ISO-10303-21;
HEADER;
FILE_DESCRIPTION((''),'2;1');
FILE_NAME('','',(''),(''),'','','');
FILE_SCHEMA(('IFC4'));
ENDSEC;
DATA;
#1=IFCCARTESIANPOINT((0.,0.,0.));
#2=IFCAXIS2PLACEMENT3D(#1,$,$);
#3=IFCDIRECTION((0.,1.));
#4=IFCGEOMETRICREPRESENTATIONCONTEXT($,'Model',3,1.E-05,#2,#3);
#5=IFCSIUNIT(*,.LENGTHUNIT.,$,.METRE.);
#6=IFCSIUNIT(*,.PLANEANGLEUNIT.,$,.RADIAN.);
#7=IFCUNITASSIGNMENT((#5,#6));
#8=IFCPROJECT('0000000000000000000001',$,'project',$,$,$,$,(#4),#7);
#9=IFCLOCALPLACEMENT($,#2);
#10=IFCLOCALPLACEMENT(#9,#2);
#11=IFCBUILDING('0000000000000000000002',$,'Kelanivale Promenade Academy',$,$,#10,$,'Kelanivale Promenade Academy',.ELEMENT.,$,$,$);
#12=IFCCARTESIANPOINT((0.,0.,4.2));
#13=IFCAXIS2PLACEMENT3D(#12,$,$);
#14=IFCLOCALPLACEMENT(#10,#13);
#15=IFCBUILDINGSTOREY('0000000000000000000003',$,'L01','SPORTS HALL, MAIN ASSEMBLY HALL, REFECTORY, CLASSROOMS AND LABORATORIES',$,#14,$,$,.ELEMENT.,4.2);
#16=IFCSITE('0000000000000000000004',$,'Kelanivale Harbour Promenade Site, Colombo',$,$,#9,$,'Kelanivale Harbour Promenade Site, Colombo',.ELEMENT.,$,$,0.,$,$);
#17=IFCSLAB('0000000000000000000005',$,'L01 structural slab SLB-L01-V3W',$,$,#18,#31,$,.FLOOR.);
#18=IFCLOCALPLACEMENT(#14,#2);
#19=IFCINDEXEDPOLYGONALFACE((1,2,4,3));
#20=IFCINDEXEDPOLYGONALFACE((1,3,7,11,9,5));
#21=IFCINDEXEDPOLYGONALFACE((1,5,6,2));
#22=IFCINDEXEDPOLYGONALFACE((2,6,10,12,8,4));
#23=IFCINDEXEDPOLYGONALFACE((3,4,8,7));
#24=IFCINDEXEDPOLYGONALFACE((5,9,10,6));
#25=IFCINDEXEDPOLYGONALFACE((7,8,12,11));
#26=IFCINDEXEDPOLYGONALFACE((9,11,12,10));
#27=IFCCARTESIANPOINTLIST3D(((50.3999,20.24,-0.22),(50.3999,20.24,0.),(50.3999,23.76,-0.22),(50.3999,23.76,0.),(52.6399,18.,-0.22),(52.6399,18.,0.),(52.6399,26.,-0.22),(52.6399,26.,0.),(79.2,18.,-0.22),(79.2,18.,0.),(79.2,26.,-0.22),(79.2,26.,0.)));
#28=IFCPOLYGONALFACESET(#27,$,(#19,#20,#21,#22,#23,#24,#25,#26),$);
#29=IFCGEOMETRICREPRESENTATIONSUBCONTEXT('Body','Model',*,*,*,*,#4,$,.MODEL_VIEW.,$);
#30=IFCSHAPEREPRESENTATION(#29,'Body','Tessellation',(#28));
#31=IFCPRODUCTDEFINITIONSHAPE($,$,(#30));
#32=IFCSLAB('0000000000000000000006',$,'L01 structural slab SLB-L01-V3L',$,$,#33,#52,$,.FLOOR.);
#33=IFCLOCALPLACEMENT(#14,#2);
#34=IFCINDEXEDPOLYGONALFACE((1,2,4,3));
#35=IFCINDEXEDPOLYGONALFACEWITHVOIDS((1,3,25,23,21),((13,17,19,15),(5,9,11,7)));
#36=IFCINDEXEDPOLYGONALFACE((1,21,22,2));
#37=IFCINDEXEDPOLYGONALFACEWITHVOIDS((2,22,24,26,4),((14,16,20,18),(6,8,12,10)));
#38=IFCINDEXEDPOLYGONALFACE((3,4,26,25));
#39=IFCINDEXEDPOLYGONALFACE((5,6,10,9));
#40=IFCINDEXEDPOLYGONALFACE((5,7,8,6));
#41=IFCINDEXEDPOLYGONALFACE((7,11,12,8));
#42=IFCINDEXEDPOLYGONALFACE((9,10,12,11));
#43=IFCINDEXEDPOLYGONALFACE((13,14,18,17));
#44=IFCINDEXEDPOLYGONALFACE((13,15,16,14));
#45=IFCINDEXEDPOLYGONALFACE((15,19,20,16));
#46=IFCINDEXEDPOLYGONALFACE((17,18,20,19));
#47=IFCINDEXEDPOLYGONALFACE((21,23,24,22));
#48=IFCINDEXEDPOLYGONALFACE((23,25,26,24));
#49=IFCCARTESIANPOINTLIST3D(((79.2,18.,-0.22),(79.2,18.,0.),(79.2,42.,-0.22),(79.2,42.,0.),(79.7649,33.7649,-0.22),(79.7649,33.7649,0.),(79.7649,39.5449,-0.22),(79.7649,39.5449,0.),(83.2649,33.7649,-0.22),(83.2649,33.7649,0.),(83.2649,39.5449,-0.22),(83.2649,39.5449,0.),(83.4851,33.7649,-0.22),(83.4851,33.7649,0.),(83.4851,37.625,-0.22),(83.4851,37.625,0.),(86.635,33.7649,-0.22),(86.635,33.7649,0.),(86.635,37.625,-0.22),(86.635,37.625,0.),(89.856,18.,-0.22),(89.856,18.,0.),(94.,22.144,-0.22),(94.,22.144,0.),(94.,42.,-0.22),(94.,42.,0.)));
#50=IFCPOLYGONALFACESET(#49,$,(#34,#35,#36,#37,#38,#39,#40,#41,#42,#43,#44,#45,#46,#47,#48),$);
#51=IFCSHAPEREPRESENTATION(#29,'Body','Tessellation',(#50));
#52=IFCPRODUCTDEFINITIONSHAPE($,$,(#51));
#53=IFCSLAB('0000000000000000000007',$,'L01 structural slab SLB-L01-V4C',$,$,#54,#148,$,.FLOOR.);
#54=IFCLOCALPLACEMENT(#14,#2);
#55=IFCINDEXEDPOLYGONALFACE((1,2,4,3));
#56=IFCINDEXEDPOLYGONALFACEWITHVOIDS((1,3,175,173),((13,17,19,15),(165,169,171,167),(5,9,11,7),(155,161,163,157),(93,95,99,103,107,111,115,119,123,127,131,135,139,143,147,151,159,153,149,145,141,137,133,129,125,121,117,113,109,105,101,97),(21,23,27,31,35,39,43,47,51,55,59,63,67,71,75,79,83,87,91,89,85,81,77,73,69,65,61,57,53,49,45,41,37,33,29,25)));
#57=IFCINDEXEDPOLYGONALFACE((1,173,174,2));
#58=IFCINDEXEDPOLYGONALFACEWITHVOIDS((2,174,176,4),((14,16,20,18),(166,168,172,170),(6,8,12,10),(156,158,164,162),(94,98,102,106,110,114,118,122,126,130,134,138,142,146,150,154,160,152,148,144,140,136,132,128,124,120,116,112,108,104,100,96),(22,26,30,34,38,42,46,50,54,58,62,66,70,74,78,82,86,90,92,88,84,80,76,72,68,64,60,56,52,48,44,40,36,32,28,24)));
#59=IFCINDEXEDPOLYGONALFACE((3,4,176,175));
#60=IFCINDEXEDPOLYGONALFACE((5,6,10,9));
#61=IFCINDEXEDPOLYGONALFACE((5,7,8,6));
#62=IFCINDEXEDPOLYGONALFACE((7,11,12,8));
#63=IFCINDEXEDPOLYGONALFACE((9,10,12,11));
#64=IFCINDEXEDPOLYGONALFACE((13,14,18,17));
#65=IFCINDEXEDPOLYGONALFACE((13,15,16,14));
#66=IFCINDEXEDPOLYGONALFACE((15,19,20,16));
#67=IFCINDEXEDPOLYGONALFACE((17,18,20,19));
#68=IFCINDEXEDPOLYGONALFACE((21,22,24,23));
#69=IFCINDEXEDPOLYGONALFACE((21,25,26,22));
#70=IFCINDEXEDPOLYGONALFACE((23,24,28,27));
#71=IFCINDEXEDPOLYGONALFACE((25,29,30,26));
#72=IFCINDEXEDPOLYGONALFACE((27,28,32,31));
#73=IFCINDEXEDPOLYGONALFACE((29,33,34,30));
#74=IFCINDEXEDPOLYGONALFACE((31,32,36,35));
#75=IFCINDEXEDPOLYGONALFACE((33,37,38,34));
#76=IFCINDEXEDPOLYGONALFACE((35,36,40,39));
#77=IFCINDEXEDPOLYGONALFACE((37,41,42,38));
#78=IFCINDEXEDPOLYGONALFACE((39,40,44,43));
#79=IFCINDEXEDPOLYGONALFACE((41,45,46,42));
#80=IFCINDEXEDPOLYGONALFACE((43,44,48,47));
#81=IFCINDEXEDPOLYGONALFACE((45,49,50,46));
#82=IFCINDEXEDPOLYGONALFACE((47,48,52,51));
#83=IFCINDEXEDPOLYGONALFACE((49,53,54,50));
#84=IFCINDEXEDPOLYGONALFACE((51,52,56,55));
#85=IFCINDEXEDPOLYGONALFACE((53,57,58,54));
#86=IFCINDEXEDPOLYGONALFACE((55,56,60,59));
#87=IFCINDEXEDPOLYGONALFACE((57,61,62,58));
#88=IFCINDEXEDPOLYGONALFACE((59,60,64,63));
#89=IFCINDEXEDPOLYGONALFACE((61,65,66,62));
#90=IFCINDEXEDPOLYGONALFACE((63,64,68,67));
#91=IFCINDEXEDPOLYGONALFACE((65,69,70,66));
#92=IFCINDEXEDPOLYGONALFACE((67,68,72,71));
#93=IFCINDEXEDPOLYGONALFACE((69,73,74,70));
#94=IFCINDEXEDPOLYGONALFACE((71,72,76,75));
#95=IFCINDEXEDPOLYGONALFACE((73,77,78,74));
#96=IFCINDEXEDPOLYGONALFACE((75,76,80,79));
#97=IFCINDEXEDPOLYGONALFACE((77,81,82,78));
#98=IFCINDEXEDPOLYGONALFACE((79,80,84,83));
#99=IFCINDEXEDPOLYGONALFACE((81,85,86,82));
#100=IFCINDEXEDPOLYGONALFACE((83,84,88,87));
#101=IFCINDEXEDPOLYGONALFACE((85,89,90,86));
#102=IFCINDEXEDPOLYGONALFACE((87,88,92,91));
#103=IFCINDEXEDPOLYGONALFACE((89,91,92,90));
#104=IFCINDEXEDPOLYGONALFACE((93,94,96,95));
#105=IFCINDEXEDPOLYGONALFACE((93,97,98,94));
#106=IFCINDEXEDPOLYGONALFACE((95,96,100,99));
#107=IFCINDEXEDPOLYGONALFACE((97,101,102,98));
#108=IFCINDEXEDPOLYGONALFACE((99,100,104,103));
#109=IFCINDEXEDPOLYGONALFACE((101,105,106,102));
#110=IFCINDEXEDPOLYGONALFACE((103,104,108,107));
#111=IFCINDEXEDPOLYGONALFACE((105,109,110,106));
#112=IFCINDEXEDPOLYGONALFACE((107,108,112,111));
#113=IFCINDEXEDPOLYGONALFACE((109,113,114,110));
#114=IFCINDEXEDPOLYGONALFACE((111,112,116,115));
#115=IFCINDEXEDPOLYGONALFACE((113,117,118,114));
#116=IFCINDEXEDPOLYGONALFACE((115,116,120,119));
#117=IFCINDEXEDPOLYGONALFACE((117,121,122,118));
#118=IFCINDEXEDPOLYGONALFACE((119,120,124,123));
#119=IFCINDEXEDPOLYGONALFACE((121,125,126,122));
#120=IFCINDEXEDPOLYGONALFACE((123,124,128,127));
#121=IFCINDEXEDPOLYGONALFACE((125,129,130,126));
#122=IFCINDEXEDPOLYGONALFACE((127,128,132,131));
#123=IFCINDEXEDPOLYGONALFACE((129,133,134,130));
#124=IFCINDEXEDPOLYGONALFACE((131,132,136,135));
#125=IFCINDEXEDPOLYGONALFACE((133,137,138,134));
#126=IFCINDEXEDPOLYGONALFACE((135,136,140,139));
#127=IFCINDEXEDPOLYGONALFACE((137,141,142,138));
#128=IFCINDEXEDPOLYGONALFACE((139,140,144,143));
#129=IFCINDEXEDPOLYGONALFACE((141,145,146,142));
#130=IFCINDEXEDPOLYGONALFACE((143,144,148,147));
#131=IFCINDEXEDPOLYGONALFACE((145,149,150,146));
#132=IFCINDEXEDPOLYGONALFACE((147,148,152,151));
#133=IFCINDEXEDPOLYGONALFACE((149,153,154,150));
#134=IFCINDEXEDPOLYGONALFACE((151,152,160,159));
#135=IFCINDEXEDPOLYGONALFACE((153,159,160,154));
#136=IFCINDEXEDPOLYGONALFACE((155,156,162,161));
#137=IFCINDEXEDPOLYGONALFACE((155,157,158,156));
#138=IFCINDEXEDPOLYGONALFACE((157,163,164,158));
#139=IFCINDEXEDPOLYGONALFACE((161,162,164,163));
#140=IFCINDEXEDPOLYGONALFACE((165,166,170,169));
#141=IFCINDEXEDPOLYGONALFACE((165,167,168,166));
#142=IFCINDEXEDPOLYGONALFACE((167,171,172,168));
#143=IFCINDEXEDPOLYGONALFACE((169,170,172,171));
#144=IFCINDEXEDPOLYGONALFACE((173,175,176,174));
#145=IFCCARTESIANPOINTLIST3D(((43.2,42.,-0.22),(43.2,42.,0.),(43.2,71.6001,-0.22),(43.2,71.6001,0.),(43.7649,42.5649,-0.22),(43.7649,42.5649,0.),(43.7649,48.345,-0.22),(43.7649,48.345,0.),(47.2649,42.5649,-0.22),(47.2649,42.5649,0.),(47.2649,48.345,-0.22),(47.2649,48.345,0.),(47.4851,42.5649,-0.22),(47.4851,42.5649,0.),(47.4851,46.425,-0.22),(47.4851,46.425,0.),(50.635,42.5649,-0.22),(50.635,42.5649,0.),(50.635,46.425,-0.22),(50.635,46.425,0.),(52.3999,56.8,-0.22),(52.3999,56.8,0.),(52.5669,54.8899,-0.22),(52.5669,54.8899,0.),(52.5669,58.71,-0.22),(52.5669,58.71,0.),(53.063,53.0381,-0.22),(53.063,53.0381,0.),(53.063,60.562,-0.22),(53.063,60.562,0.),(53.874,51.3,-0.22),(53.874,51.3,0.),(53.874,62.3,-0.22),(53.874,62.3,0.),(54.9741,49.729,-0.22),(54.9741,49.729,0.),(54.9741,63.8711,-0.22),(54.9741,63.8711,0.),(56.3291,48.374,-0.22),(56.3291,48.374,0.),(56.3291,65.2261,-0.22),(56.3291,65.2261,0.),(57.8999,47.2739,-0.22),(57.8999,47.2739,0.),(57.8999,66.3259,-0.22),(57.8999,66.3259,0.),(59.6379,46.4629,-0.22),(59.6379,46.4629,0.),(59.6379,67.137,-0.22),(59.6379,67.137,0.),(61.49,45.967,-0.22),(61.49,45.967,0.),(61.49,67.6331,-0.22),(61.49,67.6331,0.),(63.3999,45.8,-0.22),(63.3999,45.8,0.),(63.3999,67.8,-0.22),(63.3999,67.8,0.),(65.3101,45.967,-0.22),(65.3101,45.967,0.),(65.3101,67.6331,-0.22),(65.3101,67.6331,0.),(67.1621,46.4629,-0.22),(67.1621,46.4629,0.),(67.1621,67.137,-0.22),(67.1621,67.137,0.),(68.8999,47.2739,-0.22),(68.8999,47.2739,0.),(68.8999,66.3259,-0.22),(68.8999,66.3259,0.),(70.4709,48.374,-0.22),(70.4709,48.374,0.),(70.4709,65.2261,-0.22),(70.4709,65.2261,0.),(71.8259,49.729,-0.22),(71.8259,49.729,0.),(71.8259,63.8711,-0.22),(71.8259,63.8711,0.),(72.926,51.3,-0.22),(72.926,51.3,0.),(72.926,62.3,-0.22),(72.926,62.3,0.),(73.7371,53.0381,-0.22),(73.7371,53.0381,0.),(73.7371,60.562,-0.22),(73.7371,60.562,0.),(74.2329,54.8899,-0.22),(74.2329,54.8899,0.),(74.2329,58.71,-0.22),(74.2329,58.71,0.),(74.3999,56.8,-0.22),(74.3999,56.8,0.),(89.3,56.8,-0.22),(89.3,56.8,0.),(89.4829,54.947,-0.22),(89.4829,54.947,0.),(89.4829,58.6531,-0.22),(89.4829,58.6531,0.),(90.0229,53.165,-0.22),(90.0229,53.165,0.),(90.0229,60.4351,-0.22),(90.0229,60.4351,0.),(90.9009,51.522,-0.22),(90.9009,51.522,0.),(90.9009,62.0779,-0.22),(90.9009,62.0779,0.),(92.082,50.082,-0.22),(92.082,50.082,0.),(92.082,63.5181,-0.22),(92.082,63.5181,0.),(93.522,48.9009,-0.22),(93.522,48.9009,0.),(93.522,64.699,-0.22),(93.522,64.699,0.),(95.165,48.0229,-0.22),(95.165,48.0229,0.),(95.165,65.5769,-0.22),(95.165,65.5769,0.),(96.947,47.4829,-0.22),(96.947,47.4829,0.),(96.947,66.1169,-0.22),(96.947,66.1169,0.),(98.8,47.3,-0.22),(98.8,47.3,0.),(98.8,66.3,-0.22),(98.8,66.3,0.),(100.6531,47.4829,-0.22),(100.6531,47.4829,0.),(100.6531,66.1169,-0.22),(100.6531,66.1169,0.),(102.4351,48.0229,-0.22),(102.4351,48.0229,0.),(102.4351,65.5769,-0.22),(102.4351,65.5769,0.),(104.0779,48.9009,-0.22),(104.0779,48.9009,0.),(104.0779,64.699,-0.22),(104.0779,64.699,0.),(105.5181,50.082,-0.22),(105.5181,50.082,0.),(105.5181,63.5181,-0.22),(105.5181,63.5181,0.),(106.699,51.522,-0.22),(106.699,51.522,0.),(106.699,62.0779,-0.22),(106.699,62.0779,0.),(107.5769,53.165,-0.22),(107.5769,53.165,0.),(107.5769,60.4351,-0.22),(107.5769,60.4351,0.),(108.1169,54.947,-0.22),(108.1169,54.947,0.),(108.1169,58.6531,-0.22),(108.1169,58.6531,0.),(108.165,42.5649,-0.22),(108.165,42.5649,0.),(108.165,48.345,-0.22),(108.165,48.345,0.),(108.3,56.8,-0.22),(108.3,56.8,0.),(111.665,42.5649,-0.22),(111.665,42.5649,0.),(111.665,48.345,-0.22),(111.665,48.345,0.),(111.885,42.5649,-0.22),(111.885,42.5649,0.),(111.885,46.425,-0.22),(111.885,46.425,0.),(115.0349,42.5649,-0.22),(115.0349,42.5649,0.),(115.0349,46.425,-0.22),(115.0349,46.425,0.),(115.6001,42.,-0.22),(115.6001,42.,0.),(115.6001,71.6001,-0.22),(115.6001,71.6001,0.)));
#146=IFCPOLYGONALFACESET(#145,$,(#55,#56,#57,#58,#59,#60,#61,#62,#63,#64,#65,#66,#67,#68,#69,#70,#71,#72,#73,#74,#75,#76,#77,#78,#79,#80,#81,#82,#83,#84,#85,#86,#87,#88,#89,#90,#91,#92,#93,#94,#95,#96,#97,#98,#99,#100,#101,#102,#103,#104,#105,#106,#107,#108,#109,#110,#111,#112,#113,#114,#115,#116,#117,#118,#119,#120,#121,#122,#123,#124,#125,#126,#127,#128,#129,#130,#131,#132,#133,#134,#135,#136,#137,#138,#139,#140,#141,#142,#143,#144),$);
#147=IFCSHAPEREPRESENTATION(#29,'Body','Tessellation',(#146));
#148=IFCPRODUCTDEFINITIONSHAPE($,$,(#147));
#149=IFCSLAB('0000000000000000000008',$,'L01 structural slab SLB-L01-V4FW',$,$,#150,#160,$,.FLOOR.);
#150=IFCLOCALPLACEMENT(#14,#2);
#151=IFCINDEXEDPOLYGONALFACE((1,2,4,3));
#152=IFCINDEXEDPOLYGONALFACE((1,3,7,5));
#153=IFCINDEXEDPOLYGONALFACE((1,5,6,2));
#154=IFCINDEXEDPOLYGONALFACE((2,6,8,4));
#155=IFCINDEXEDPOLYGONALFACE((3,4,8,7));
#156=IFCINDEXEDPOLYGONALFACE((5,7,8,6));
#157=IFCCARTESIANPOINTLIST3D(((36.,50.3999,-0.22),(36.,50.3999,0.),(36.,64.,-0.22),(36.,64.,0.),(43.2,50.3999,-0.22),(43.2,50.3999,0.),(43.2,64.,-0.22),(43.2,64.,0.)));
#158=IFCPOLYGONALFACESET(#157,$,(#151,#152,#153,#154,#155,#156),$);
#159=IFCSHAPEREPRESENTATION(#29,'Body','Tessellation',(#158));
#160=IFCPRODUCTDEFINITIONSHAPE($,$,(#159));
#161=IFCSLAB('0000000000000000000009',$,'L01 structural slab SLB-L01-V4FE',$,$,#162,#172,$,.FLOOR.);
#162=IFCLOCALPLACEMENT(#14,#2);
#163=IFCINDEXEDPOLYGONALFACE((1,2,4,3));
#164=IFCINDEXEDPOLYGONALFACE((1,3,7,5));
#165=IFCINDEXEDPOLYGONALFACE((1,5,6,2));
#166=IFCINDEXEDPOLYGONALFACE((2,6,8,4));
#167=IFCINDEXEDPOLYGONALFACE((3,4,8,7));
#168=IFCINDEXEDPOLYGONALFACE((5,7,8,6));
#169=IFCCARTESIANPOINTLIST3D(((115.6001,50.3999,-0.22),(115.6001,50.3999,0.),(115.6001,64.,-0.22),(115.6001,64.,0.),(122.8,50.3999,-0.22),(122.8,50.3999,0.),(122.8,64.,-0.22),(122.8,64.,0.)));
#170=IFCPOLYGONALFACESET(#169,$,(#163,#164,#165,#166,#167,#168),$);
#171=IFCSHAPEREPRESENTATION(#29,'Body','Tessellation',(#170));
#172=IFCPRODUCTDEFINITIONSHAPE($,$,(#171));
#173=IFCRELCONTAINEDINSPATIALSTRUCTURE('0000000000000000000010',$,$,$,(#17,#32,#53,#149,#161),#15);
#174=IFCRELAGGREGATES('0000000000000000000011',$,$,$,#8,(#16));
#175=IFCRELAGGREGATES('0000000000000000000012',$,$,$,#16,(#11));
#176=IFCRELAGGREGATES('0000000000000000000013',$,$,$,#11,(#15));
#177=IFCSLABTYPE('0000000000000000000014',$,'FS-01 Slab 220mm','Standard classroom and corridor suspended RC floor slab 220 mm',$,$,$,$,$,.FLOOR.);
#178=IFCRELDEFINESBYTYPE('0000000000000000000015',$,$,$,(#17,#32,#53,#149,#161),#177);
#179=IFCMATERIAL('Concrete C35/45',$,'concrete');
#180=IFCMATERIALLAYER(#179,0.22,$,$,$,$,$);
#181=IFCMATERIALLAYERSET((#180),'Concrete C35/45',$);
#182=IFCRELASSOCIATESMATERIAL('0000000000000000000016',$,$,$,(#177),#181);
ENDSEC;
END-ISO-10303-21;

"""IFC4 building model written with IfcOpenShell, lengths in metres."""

from ifc_helpers import new_model, si_unit, direction, frame, origin, place, context, subcontext, project, spatial, polyline, outline, extrude, material, layer, layer_set, type_object, element, save


model = new_model("IFC4")

# Units and contexts
model_context = context("Model", 3, precision=1e-05, world=origin(), true_north=direction((0.0, 1.0)))
body_context = subcontext(model_context, "Body", "Model", "MODEL_VIEW")
ifc_project = project(units=[si_unit("LENGTHUNIT", "METRE"), si_unit("PLANEANGLEUNIT", "RADIAN")], contexts=[model_context])

# Site, building, storey
site_placement = place(None, origin())
site = spatial("IfcSite", under=ifc_project, at=site_placement, Name="Kelanivale Harbour Promenade Site, Colombo", LongName="Kelanivale Harbour Promenade Site, Colombo", CompositionType="ELEMENT", RefElevation=0.0)
building_placement = place(site_placement, origin())
building = spatial("IfcBuilding", under=site, at=building_placement, Name="Kelanivale Promenade Academy", LongName="Kelanivale Promenade Academy", CompositionType="ELEMENT")
storey_placement = place(building_placement, frame((0.0, 0.0, 4.2)))
storey = spatial("IfcBuildingStorey", under=building, at=storey_placement, Name="L01", Description="SPORTS HALL, MAIN ASSEMBLY HALL, REFECTORY, CLASSROOMS AND LABORATORIES", CompositionType="ELEMENT", Elevation=4.2)

# Slabs
ifc_material_1 = material(Name="Concrete C35/45", Category="concrete")
ifc_layer_1 = layer(ifc_material_1, 0.22)
ifc_layer_set_1 = layer_set([ifc_layer_1], Name="Concrete C35/45")
slab_type_1 = type_object("IfcSlabType", Name="FS-01 Slab 220mm", Description="Standard classroom and corridor suspended RC floor slab 220 mm", PredefinedType="FLOOR", material=ifc_layer_set_1)
slab_1_placement = place(storey_placement, frame((0.0, 0.0, -0.22)))
element("IfcSlab", 1, at=slab_1_placement, inside=storey, type_object=slab_type_1, Name="L01 structural slab SLB-L01-V3W", PredefinedType="FLOOR", context=body_context, shape_type="SweptSolid", body=[
    extrude(outline(polyline([(52.6399, 18.0), (79.2, 18.0), (79.2, 26.0), (52.6399, 26.0), (50.3999, 23.76), (50.3999, 20.24), (52.6399, 18.0)])), origin(), (0.0, 0.0, 1.0), 0.22),
])
slab_2_placement = place(storey_placement, frame((0.0, 0.0, -0.22)))
element("IfcSlab", 2, at=slab_2_placement, inside=storey, type_object=slab_type_1, Name="L01 structural slab SLB-L01-V3L", PredefinedType="FLOOR", context=body_context, shape_type="SweptSolid", body=[
    extrude(outline(polyline([(79.2, 42.0), (79.2, 18.0), (89.856, 18.0), (94.0, 22.144), (94.0, 42.0), (79.2, 42.0)]), holes=[polyline([(86.635, 33.7649), (83.4851, 33.7649), (83.4851, 37.625), (86.635, 37.625), (86.635, 33.7649)]), polyline([(83.2649, 39.5449), (83.2649, 33.7649), (79.7649, 33.7649), (79.7649, 39.5449), (83.2649, 39.5449)])]), origin(), (0.0, 0.0, 1.0), 0.22),
])
slab_3_placement = place(storey_placement, frame((0.0, 0.0, -0.22)))
element("IfcSlab", 3, at=slab_3_placement, inside=storey, type_object=slab_type_1, Name="L01 structural slab SLB-L01-V4C", PredefinedType="FLOOR", context=body_context, shape_type="SweptSolid", body=[
    extrude(outline(polyline([(115.6001, 42.0), (115.6001, 71.6001), (43.2, 71.6001), (43.2, 42.0), (115.6001, 42.0)]), holes=[polyline([(115.0349, 42.5649), (111.885, 42.5649), (111.885, 46.425), (115.0349, 46.425), (115.0349, 42.5649)]), polyline([(111.665, 48.345), (111.665, 42.5649), (108.165, 42.5649), (108.165, 48.345), (111.665, 48.345)]), polyline([(95.165, 65.5769), (96.947, 66.1169), (98.8, 66.3), (100.6531, 66.1169), (102.4351, 65.5769), (104.0779, 64.699), (105.5181, 63.5181), (106.699, 62.0779), (107.5769, 60.4351), (108.1169, 58.6531), (108.3, 56.8), (108.1169, 54.947), (107.5769, 53.165), (106.699, 51.522), (105.5181, 50.082), (104.0779, 48.9009), (102.4351, 48.0229), (100.6531, 47.4829), (98.8, 47.3), (96.947, 47.4829), (95.165, 48.0229), (93.522, 48.9009), (92.082, 50.082), (90.9009, 51.522), (90.0229, 53.165), (89.4829, 54.947), (89.3, 56.8), (89.4829, 58.6531), (90.0229, 60.4351), (90.9009, 62.0779), (92.082, 63.5181), (93.522, 64.699), (95.165, 65.5769)]), polyline([(61.49, 67.6331), (63.3999, 67.8), (65.3101, 67.6331), (67.1621, 67.137), (68.8999, 66.3259), (70.4709, 65.2261), (71.8259, 63.8711), (72.926, 62.3), (73.7371, 60.562), (74.2329, 58.71), (74.3999, 56.8), (74.2329, 54.8899), (73.7371, 53.0381), (72.926, 51.3), (71.8259, 49.729), (70.4709, 48.374), (68.8999, 47.2739), (67.1621, 46.4629), (65.3101, 45.967), (63.3999, 45.8), (61.49, 45.967), (59.6379, 46.4629), (57.8999, 47.2739), (56.3291, 48.374), (54.9741, 49.729), (53.874, 51.3), (53.063, 53.0381), (52.5669, 54.8899), (52.3999, 56.8), (52.5669, 58.71), (53.063, 60.562), (53.874, 62.3), (54.9741, 63.8711), (56.3291, 65.2261), (57.8999, 66.3259), (59.6379, 67.137), (61.49, 67.6331)]), polyline([(47.4851, 46.425), (50.635, 46.425), (50.635, 42.5649), (47.4851, 42.5649), (47.4851, 46.425)]), polyline([(43.7649, 42.5649), (43.7649, 48.345), (47.2649, 48.345), (47.2649, 42.5649), (43.7649, 42.5649)])]), origin(), (0.0, 0.0, 1.0), 0.22),
])
slab_4_placement = place(storey_placement, frame((0.0, 0.0, -0.22)))
element("IfcSlab", 4, at=slab_4_placement, inside=storey, type_object=slab_type_1, Name="L01 structural slab SLB-L01-V4FW", PredefinedType="FLOOR", context=body_context, shape_type="SweptSolid", body=[
    extrude(outline(polyline([(43.2, 50.3999), (43.2, 64.0), (36.0, 64.0), (36.0, 50.3999), (43.2, 50.3999)])), origin(), (0.0, 0.0, 1.0), 0.22),
])
slab_5_placement = place(storey_placement, frame((0.0, 0.0, -0.22)))
element("IfcSlab", 5, at=slab_5_placement, inside=storey, type_object=slab_type_1, Name="L01 structural slab SLB-L01-V4FE", PredefinedType="FLOOR", context=body_context, shape_type="SweptSolid", body=[
    extrude(outline(polyline([(122.8, 50.3999), (122.8, 64.0), (115.6001, 64.0), (115.6001, 50.3999), (122.8, 50.3999)])), origin(), (0.0, 0.0, 1.0), 0.22),
])

save(model, "model.ifc")
